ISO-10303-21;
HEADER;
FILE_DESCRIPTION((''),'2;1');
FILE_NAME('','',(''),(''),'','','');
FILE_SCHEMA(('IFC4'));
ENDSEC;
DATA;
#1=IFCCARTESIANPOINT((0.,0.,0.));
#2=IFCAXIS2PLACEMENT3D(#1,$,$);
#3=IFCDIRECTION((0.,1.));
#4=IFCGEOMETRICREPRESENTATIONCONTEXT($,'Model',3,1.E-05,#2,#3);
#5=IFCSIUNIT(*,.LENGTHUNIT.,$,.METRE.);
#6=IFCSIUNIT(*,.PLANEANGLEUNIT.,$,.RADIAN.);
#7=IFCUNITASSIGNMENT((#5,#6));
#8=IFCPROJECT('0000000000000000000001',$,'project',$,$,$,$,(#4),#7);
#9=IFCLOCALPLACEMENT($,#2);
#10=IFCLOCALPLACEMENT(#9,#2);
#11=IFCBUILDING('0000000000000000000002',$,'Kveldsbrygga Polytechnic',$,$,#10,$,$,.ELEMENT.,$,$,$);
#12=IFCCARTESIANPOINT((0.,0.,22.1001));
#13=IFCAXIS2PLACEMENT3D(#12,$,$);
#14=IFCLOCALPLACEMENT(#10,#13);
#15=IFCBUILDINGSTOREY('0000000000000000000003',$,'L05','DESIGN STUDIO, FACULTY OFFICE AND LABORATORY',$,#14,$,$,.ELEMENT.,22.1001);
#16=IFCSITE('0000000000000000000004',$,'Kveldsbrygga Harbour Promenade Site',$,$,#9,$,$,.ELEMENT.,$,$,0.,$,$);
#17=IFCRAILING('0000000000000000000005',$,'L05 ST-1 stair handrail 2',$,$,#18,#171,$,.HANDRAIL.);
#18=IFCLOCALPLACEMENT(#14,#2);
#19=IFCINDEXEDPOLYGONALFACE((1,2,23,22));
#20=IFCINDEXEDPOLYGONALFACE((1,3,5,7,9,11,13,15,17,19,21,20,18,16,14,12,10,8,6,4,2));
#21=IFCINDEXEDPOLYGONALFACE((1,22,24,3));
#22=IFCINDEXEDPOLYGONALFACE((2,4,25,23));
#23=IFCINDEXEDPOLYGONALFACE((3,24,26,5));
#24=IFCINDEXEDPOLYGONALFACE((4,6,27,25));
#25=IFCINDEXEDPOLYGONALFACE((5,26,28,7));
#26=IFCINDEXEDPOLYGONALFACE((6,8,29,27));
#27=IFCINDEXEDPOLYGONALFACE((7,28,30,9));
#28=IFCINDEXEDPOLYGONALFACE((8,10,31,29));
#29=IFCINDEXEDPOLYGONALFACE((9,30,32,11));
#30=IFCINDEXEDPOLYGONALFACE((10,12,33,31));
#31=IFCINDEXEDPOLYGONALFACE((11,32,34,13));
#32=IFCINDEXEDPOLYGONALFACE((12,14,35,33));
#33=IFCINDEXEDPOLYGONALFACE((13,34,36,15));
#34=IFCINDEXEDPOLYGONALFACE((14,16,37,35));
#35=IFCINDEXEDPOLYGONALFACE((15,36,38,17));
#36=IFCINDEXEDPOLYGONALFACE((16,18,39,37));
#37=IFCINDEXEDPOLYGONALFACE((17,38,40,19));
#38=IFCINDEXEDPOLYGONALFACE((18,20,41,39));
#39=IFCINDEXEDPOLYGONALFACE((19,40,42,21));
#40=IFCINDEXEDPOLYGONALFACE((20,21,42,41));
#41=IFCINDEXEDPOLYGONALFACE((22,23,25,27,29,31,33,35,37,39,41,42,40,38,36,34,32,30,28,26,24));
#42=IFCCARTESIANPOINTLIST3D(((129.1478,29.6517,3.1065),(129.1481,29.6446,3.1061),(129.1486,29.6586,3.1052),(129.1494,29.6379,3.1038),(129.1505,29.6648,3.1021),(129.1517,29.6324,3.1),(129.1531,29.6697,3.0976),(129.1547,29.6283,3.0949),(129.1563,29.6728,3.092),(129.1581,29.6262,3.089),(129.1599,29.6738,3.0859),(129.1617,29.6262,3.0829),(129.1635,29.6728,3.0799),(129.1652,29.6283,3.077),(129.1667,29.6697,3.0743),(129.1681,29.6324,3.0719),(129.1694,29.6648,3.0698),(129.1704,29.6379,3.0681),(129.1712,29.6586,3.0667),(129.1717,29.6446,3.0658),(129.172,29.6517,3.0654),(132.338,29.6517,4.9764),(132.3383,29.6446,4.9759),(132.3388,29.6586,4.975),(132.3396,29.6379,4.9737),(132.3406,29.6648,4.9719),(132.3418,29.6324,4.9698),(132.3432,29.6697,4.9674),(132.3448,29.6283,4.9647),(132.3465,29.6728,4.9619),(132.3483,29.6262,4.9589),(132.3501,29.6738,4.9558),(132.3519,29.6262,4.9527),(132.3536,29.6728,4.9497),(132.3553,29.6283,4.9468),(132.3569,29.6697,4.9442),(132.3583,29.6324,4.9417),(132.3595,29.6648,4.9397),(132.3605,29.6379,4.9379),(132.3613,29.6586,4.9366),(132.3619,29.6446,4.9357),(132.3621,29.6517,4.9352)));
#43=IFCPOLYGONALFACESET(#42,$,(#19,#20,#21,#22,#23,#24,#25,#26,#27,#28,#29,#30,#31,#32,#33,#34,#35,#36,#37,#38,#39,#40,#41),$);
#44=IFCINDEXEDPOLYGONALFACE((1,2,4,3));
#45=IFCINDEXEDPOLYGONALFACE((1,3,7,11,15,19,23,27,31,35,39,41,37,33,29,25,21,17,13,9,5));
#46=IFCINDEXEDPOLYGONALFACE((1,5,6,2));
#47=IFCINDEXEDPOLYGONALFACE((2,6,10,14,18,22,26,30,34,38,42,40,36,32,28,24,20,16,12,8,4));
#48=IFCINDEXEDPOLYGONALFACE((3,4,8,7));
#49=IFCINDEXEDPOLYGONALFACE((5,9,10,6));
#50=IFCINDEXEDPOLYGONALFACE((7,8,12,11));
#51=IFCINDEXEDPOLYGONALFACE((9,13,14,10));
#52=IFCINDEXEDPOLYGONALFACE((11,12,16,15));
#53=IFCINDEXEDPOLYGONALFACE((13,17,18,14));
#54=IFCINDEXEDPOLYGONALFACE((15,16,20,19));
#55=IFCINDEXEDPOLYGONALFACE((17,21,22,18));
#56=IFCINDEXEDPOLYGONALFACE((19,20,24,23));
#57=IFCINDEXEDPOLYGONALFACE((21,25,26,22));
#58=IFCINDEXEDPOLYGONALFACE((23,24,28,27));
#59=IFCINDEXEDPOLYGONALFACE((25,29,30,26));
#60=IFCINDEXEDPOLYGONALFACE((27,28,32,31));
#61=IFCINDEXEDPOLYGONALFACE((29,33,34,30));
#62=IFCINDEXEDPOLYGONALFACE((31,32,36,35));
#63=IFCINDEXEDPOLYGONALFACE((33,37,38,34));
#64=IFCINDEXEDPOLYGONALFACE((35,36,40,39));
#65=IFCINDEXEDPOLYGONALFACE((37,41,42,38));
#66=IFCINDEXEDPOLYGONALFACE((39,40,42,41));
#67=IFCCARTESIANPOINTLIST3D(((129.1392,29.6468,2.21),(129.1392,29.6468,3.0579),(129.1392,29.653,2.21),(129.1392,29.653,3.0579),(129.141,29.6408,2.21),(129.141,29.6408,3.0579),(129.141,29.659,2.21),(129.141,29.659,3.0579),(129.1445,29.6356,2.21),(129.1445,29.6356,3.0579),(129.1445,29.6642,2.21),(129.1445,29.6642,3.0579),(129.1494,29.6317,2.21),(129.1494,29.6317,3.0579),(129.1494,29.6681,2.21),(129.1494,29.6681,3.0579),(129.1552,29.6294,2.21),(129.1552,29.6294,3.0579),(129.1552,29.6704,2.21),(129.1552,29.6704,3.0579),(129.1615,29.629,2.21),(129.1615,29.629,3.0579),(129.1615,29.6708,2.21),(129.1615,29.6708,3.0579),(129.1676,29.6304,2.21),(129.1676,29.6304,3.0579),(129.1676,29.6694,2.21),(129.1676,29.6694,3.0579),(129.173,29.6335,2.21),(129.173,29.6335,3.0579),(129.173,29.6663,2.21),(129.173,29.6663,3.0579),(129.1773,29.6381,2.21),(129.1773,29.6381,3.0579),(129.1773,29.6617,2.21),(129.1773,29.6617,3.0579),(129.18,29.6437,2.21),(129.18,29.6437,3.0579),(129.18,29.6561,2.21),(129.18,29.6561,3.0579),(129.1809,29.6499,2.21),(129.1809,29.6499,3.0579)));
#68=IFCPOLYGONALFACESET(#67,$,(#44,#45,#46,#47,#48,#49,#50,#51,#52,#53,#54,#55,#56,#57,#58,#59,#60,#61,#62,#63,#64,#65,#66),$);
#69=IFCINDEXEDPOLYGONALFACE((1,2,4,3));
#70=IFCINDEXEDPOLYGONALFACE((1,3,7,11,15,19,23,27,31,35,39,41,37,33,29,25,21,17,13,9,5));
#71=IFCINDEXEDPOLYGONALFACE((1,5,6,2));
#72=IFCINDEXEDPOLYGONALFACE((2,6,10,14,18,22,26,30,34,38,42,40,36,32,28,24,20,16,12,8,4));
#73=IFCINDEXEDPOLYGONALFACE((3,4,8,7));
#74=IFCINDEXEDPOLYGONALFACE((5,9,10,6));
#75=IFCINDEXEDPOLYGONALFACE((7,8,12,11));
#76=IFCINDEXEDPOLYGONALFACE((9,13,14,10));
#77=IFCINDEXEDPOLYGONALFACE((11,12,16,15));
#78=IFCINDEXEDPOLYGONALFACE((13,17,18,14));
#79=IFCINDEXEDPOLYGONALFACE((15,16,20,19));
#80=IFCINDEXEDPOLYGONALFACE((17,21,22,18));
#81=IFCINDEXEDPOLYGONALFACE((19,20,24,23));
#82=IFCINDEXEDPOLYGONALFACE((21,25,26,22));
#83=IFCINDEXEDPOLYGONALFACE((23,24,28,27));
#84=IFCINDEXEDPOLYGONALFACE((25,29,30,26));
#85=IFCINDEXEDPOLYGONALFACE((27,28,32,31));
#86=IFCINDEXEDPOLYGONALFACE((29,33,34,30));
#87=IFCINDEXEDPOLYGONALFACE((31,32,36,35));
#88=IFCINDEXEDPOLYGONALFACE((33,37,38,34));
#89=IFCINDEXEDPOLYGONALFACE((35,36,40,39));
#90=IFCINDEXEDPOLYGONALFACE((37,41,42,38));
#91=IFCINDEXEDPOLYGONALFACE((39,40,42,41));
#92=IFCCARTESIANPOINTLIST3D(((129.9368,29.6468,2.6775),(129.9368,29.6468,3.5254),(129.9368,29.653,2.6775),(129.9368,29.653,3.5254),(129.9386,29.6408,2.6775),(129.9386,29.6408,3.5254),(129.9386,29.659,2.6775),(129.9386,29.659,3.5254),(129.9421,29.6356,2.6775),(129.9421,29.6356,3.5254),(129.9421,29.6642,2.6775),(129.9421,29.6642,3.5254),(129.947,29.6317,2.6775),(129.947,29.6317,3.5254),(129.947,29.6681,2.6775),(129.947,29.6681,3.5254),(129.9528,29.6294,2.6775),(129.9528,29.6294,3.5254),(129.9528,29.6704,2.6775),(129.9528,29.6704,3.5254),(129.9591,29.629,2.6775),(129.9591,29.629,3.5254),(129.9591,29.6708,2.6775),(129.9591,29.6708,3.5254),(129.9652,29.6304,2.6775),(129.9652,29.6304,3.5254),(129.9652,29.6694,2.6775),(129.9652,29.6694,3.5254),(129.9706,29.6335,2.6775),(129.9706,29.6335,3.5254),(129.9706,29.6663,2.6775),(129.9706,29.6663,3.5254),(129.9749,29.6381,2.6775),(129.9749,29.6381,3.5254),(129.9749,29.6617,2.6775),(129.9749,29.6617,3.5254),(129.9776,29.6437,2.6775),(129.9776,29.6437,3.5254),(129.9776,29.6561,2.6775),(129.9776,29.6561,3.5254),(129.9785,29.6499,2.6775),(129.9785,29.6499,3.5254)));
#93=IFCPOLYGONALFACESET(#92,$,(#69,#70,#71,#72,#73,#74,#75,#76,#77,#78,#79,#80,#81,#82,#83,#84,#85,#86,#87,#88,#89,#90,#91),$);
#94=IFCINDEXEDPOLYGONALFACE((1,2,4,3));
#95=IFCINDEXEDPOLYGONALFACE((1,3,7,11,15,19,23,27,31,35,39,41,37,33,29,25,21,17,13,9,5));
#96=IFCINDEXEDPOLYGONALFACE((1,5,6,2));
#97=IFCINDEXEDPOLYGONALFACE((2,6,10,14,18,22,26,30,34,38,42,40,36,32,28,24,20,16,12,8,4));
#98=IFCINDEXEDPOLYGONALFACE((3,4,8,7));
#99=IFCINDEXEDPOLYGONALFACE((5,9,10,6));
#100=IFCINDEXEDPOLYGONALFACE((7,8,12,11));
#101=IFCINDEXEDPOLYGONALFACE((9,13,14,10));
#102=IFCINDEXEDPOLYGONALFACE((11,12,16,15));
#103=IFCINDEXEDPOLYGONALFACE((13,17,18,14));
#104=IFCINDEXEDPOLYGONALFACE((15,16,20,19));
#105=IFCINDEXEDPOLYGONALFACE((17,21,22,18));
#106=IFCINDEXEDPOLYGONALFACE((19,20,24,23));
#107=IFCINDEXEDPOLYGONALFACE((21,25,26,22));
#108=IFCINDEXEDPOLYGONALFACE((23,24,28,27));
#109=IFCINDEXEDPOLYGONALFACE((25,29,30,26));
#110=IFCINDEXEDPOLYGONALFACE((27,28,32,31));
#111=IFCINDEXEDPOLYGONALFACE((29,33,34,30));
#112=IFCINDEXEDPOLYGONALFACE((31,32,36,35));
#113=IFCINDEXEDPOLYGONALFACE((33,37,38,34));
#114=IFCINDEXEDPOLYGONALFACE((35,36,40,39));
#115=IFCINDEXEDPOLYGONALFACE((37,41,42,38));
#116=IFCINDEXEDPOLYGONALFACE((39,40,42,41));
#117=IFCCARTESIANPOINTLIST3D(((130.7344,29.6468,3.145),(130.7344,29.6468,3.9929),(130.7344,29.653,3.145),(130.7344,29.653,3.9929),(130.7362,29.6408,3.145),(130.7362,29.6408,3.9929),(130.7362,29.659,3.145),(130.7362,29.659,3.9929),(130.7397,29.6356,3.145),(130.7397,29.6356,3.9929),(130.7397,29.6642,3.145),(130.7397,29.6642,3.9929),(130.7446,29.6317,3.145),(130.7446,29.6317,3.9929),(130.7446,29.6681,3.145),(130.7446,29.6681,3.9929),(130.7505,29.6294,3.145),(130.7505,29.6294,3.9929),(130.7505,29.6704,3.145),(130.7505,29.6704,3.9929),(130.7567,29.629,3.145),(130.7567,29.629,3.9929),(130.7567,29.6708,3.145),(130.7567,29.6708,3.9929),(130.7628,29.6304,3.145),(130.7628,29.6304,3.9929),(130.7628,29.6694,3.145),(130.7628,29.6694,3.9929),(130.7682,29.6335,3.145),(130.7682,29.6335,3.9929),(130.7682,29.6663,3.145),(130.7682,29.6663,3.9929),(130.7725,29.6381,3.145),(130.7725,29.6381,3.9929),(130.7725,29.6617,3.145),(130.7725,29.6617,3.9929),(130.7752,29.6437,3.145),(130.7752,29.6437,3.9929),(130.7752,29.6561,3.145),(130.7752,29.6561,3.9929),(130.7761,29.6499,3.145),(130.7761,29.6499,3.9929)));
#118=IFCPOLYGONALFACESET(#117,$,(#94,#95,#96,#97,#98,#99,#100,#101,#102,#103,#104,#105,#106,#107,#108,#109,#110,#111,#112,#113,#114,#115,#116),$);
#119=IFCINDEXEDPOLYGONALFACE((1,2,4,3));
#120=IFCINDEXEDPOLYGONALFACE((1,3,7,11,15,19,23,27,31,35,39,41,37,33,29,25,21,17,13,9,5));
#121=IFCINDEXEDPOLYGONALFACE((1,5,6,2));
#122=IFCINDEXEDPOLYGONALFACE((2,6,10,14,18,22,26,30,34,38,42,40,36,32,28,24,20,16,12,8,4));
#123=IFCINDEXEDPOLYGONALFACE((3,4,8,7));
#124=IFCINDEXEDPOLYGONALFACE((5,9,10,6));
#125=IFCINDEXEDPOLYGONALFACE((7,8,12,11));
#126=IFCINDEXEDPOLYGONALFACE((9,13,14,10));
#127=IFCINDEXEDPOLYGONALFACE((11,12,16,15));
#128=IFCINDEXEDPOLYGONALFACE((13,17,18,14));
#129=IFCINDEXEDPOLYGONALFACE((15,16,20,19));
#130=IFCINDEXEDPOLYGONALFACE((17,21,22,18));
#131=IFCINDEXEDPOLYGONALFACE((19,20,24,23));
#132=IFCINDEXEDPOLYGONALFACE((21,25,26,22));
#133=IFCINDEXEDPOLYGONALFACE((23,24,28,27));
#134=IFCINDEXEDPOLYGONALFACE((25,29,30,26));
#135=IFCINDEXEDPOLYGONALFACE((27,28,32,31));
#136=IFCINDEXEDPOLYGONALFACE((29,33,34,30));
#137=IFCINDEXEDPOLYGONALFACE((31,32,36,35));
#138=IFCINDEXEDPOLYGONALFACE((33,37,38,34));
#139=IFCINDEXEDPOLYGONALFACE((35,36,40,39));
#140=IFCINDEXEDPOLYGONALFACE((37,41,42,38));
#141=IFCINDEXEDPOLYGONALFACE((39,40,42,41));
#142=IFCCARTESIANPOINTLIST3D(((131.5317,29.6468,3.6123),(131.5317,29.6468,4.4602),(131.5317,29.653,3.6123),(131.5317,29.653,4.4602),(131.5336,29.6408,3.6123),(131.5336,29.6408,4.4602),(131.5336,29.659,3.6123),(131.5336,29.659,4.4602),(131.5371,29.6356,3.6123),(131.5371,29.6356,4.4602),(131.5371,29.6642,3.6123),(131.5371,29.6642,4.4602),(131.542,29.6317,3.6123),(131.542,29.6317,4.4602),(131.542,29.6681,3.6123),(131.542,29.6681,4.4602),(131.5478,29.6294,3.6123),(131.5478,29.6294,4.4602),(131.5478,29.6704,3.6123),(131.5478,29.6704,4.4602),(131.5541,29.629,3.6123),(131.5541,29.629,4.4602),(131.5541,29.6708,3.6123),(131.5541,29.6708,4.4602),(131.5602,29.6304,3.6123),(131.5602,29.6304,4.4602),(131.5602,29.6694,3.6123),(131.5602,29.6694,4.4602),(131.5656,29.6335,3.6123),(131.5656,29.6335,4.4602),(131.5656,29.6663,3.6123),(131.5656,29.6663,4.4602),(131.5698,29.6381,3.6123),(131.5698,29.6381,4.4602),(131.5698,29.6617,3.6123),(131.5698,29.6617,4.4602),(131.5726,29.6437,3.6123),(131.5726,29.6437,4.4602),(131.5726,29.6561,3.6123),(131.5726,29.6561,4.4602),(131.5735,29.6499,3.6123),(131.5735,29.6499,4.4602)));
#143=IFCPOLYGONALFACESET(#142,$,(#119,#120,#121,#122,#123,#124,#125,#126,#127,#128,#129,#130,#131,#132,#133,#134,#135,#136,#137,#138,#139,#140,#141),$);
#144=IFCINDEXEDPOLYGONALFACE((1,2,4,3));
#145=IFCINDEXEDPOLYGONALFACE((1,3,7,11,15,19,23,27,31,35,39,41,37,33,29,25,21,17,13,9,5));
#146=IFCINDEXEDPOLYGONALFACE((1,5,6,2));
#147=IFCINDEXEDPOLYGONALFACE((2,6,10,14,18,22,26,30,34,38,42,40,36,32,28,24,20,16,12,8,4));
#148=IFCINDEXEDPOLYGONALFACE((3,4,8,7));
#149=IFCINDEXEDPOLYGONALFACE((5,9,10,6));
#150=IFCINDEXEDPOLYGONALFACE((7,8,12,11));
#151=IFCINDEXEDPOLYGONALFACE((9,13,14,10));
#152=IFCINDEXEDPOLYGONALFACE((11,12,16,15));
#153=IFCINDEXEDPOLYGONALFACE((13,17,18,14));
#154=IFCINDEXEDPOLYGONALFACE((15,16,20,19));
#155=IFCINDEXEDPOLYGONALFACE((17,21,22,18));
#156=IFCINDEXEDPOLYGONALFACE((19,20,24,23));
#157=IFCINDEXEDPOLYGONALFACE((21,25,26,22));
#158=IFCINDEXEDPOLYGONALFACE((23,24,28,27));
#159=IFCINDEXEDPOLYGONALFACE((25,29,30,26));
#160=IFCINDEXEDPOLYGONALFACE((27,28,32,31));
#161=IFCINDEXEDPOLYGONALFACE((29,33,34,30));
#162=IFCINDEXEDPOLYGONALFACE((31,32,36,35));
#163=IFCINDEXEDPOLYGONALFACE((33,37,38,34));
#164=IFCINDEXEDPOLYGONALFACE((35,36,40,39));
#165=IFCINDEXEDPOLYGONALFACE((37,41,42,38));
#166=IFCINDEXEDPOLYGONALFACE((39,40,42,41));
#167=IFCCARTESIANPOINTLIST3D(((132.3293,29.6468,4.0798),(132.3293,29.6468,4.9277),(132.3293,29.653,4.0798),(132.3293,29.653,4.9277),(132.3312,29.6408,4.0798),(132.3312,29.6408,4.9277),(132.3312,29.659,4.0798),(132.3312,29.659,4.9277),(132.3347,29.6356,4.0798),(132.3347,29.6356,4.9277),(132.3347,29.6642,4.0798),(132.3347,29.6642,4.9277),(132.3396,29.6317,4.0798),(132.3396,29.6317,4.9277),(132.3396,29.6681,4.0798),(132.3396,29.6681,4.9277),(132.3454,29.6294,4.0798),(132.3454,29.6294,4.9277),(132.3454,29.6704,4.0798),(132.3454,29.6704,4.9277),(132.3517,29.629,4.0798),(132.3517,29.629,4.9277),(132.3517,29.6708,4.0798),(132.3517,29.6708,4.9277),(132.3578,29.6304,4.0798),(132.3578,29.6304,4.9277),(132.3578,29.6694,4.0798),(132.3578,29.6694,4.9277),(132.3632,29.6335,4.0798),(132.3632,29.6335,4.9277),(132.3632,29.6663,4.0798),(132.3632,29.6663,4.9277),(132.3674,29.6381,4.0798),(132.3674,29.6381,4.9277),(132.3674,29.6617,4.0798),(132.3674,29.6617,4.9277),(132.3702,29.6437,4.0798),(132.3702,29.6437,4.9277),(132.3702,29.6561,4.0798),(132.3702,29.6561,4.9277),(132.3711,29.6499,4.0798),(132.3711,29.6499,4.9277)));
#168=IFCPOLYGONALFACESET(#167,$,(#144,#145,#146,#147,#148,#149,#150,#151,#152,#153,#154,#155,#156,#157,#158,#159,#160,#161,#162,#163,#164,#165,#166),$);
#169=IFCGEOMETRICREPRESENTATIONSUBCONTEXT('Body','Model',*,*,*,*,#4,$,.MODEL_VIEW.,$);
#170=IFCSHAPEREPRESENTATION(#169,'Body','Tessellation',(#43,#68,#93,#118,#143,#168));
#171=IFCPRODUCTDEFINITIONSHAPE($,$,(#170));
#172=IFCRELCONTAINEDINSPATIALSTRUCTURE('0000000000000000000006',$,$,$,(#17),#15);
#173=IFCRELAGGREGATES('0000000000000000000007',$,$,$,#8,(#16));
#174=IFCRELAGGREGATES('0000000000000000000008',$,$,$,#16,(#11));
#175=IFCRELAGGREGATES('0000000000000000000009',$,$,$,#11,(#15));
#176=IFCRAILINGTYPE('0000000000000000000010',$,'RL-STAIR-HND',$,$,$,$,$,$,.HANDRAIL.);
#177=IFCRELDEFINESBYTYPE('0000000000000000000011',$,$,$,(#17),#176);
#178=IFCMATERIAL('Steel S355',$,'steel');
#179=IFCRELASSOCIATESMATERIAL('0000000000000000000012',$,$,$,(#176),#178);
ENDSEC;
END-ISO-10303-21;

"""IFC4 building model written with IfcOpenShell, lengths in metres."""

from ifc_helpers import new_model, si_unit, direction, frame, origin, origin_2d, place, context, subcontext, project, spatial, circle, extrude, material, type_object, element, save


model = new_model("IFC4")

# Units and contexts
model_context = context("Model", 3, precision=1e-05, world=origin(), true_north=direction((0.0, 1.0)))
body_context = subcontext(model_context, "Body", "Model", "MODEL_VIEW")
ifc_project = project(units=[si_unit("LENGTHUNIT", "METRE"), si_unit("PLANEANGLEUNIT", "RADIAN")], contexts=[model_context])

# Site, building, storey
site_placement = place(None, origin())
site = spatial("IfcSite", under=ifc_project, at=site_placement, Name="Kveldsbrygga Harbour Promenade Site", CompositionType="ELEMENT", RefElevation=0.0)
building_placement = place(site_placement, origin())
building = spatial("IfcBuilding", under=site, at=building_placement, Name="Kveldsbrygga Polytechnic", CompositionType="ELEMENT")
storey_placement = place(building_placement, frame((0.0, 0.0, 22.1001)))
storey = spatial("IfcBuildingStorey", under=building, at=storey_placement, Name="L05", Description="DESIGN STUDIO, FACULTY OFFICE AND LABORATORY", CompositionType="ELEMENT", Elevation=22.1001)

# Railing
ifc_material_1 = material(Name="Steel S355", Category="steel")
railing_type_1 = type_object("IfcRailingType", Name="RL-STAIR-HND", PredefinedType="HANDRAIL", material=ifc_material_1)
railing_1_placement = place(storey_placement, frame((129.1599, 29.6499, 2.21)))
element("IfcRailing", 1, at=railing_1_placement, inside=storey, type_object=railing_type_1, Name="L05 ST-1 stair handrail 2", PredefinedType="HANDRAIL", context=body_context, shape_type="SweptSolid", body=[
    extrude(circle(Radius=0.0239, at=origin_2d()), frame((0.0, 0.0, 0.876), z_axis=(0.862726, 0.0, 0.505672), x_axis=(0.0, 1.0, 0.0)), (0.0, 0.0, 1.0), 3.6978),
    extrude(circle(Radius=0.021, at=origin_2d()), origin(), (0.0, 0.0, 1.0), 0.8479),
    extrude(circle(Radius=0.021, at=origin_2d()), frame((0.7976, 0.0, 0.4675)), (0.0, 0.0, 1.0), 0.8479),
    extrude(circle(Radius=0.021, at=origin_2d()), frame((1.5952, 0.0, 0.9351)), (0.0, 0.0, 1.0), 0.8479),
    extrude(circle(Radius=0.021, at=origin_2d()), frame((2.3926, 0.0, 1.4023)), (0.0, 0.0, 1.0), 0.8479),
    extrude(circle(Radius=0.021, at=origin_2d()), frame((3.1902, 0.0, 1.8699)), (0.0, 0.0, 1.0), 0.8479),
])

save(model, "model.ifc")
